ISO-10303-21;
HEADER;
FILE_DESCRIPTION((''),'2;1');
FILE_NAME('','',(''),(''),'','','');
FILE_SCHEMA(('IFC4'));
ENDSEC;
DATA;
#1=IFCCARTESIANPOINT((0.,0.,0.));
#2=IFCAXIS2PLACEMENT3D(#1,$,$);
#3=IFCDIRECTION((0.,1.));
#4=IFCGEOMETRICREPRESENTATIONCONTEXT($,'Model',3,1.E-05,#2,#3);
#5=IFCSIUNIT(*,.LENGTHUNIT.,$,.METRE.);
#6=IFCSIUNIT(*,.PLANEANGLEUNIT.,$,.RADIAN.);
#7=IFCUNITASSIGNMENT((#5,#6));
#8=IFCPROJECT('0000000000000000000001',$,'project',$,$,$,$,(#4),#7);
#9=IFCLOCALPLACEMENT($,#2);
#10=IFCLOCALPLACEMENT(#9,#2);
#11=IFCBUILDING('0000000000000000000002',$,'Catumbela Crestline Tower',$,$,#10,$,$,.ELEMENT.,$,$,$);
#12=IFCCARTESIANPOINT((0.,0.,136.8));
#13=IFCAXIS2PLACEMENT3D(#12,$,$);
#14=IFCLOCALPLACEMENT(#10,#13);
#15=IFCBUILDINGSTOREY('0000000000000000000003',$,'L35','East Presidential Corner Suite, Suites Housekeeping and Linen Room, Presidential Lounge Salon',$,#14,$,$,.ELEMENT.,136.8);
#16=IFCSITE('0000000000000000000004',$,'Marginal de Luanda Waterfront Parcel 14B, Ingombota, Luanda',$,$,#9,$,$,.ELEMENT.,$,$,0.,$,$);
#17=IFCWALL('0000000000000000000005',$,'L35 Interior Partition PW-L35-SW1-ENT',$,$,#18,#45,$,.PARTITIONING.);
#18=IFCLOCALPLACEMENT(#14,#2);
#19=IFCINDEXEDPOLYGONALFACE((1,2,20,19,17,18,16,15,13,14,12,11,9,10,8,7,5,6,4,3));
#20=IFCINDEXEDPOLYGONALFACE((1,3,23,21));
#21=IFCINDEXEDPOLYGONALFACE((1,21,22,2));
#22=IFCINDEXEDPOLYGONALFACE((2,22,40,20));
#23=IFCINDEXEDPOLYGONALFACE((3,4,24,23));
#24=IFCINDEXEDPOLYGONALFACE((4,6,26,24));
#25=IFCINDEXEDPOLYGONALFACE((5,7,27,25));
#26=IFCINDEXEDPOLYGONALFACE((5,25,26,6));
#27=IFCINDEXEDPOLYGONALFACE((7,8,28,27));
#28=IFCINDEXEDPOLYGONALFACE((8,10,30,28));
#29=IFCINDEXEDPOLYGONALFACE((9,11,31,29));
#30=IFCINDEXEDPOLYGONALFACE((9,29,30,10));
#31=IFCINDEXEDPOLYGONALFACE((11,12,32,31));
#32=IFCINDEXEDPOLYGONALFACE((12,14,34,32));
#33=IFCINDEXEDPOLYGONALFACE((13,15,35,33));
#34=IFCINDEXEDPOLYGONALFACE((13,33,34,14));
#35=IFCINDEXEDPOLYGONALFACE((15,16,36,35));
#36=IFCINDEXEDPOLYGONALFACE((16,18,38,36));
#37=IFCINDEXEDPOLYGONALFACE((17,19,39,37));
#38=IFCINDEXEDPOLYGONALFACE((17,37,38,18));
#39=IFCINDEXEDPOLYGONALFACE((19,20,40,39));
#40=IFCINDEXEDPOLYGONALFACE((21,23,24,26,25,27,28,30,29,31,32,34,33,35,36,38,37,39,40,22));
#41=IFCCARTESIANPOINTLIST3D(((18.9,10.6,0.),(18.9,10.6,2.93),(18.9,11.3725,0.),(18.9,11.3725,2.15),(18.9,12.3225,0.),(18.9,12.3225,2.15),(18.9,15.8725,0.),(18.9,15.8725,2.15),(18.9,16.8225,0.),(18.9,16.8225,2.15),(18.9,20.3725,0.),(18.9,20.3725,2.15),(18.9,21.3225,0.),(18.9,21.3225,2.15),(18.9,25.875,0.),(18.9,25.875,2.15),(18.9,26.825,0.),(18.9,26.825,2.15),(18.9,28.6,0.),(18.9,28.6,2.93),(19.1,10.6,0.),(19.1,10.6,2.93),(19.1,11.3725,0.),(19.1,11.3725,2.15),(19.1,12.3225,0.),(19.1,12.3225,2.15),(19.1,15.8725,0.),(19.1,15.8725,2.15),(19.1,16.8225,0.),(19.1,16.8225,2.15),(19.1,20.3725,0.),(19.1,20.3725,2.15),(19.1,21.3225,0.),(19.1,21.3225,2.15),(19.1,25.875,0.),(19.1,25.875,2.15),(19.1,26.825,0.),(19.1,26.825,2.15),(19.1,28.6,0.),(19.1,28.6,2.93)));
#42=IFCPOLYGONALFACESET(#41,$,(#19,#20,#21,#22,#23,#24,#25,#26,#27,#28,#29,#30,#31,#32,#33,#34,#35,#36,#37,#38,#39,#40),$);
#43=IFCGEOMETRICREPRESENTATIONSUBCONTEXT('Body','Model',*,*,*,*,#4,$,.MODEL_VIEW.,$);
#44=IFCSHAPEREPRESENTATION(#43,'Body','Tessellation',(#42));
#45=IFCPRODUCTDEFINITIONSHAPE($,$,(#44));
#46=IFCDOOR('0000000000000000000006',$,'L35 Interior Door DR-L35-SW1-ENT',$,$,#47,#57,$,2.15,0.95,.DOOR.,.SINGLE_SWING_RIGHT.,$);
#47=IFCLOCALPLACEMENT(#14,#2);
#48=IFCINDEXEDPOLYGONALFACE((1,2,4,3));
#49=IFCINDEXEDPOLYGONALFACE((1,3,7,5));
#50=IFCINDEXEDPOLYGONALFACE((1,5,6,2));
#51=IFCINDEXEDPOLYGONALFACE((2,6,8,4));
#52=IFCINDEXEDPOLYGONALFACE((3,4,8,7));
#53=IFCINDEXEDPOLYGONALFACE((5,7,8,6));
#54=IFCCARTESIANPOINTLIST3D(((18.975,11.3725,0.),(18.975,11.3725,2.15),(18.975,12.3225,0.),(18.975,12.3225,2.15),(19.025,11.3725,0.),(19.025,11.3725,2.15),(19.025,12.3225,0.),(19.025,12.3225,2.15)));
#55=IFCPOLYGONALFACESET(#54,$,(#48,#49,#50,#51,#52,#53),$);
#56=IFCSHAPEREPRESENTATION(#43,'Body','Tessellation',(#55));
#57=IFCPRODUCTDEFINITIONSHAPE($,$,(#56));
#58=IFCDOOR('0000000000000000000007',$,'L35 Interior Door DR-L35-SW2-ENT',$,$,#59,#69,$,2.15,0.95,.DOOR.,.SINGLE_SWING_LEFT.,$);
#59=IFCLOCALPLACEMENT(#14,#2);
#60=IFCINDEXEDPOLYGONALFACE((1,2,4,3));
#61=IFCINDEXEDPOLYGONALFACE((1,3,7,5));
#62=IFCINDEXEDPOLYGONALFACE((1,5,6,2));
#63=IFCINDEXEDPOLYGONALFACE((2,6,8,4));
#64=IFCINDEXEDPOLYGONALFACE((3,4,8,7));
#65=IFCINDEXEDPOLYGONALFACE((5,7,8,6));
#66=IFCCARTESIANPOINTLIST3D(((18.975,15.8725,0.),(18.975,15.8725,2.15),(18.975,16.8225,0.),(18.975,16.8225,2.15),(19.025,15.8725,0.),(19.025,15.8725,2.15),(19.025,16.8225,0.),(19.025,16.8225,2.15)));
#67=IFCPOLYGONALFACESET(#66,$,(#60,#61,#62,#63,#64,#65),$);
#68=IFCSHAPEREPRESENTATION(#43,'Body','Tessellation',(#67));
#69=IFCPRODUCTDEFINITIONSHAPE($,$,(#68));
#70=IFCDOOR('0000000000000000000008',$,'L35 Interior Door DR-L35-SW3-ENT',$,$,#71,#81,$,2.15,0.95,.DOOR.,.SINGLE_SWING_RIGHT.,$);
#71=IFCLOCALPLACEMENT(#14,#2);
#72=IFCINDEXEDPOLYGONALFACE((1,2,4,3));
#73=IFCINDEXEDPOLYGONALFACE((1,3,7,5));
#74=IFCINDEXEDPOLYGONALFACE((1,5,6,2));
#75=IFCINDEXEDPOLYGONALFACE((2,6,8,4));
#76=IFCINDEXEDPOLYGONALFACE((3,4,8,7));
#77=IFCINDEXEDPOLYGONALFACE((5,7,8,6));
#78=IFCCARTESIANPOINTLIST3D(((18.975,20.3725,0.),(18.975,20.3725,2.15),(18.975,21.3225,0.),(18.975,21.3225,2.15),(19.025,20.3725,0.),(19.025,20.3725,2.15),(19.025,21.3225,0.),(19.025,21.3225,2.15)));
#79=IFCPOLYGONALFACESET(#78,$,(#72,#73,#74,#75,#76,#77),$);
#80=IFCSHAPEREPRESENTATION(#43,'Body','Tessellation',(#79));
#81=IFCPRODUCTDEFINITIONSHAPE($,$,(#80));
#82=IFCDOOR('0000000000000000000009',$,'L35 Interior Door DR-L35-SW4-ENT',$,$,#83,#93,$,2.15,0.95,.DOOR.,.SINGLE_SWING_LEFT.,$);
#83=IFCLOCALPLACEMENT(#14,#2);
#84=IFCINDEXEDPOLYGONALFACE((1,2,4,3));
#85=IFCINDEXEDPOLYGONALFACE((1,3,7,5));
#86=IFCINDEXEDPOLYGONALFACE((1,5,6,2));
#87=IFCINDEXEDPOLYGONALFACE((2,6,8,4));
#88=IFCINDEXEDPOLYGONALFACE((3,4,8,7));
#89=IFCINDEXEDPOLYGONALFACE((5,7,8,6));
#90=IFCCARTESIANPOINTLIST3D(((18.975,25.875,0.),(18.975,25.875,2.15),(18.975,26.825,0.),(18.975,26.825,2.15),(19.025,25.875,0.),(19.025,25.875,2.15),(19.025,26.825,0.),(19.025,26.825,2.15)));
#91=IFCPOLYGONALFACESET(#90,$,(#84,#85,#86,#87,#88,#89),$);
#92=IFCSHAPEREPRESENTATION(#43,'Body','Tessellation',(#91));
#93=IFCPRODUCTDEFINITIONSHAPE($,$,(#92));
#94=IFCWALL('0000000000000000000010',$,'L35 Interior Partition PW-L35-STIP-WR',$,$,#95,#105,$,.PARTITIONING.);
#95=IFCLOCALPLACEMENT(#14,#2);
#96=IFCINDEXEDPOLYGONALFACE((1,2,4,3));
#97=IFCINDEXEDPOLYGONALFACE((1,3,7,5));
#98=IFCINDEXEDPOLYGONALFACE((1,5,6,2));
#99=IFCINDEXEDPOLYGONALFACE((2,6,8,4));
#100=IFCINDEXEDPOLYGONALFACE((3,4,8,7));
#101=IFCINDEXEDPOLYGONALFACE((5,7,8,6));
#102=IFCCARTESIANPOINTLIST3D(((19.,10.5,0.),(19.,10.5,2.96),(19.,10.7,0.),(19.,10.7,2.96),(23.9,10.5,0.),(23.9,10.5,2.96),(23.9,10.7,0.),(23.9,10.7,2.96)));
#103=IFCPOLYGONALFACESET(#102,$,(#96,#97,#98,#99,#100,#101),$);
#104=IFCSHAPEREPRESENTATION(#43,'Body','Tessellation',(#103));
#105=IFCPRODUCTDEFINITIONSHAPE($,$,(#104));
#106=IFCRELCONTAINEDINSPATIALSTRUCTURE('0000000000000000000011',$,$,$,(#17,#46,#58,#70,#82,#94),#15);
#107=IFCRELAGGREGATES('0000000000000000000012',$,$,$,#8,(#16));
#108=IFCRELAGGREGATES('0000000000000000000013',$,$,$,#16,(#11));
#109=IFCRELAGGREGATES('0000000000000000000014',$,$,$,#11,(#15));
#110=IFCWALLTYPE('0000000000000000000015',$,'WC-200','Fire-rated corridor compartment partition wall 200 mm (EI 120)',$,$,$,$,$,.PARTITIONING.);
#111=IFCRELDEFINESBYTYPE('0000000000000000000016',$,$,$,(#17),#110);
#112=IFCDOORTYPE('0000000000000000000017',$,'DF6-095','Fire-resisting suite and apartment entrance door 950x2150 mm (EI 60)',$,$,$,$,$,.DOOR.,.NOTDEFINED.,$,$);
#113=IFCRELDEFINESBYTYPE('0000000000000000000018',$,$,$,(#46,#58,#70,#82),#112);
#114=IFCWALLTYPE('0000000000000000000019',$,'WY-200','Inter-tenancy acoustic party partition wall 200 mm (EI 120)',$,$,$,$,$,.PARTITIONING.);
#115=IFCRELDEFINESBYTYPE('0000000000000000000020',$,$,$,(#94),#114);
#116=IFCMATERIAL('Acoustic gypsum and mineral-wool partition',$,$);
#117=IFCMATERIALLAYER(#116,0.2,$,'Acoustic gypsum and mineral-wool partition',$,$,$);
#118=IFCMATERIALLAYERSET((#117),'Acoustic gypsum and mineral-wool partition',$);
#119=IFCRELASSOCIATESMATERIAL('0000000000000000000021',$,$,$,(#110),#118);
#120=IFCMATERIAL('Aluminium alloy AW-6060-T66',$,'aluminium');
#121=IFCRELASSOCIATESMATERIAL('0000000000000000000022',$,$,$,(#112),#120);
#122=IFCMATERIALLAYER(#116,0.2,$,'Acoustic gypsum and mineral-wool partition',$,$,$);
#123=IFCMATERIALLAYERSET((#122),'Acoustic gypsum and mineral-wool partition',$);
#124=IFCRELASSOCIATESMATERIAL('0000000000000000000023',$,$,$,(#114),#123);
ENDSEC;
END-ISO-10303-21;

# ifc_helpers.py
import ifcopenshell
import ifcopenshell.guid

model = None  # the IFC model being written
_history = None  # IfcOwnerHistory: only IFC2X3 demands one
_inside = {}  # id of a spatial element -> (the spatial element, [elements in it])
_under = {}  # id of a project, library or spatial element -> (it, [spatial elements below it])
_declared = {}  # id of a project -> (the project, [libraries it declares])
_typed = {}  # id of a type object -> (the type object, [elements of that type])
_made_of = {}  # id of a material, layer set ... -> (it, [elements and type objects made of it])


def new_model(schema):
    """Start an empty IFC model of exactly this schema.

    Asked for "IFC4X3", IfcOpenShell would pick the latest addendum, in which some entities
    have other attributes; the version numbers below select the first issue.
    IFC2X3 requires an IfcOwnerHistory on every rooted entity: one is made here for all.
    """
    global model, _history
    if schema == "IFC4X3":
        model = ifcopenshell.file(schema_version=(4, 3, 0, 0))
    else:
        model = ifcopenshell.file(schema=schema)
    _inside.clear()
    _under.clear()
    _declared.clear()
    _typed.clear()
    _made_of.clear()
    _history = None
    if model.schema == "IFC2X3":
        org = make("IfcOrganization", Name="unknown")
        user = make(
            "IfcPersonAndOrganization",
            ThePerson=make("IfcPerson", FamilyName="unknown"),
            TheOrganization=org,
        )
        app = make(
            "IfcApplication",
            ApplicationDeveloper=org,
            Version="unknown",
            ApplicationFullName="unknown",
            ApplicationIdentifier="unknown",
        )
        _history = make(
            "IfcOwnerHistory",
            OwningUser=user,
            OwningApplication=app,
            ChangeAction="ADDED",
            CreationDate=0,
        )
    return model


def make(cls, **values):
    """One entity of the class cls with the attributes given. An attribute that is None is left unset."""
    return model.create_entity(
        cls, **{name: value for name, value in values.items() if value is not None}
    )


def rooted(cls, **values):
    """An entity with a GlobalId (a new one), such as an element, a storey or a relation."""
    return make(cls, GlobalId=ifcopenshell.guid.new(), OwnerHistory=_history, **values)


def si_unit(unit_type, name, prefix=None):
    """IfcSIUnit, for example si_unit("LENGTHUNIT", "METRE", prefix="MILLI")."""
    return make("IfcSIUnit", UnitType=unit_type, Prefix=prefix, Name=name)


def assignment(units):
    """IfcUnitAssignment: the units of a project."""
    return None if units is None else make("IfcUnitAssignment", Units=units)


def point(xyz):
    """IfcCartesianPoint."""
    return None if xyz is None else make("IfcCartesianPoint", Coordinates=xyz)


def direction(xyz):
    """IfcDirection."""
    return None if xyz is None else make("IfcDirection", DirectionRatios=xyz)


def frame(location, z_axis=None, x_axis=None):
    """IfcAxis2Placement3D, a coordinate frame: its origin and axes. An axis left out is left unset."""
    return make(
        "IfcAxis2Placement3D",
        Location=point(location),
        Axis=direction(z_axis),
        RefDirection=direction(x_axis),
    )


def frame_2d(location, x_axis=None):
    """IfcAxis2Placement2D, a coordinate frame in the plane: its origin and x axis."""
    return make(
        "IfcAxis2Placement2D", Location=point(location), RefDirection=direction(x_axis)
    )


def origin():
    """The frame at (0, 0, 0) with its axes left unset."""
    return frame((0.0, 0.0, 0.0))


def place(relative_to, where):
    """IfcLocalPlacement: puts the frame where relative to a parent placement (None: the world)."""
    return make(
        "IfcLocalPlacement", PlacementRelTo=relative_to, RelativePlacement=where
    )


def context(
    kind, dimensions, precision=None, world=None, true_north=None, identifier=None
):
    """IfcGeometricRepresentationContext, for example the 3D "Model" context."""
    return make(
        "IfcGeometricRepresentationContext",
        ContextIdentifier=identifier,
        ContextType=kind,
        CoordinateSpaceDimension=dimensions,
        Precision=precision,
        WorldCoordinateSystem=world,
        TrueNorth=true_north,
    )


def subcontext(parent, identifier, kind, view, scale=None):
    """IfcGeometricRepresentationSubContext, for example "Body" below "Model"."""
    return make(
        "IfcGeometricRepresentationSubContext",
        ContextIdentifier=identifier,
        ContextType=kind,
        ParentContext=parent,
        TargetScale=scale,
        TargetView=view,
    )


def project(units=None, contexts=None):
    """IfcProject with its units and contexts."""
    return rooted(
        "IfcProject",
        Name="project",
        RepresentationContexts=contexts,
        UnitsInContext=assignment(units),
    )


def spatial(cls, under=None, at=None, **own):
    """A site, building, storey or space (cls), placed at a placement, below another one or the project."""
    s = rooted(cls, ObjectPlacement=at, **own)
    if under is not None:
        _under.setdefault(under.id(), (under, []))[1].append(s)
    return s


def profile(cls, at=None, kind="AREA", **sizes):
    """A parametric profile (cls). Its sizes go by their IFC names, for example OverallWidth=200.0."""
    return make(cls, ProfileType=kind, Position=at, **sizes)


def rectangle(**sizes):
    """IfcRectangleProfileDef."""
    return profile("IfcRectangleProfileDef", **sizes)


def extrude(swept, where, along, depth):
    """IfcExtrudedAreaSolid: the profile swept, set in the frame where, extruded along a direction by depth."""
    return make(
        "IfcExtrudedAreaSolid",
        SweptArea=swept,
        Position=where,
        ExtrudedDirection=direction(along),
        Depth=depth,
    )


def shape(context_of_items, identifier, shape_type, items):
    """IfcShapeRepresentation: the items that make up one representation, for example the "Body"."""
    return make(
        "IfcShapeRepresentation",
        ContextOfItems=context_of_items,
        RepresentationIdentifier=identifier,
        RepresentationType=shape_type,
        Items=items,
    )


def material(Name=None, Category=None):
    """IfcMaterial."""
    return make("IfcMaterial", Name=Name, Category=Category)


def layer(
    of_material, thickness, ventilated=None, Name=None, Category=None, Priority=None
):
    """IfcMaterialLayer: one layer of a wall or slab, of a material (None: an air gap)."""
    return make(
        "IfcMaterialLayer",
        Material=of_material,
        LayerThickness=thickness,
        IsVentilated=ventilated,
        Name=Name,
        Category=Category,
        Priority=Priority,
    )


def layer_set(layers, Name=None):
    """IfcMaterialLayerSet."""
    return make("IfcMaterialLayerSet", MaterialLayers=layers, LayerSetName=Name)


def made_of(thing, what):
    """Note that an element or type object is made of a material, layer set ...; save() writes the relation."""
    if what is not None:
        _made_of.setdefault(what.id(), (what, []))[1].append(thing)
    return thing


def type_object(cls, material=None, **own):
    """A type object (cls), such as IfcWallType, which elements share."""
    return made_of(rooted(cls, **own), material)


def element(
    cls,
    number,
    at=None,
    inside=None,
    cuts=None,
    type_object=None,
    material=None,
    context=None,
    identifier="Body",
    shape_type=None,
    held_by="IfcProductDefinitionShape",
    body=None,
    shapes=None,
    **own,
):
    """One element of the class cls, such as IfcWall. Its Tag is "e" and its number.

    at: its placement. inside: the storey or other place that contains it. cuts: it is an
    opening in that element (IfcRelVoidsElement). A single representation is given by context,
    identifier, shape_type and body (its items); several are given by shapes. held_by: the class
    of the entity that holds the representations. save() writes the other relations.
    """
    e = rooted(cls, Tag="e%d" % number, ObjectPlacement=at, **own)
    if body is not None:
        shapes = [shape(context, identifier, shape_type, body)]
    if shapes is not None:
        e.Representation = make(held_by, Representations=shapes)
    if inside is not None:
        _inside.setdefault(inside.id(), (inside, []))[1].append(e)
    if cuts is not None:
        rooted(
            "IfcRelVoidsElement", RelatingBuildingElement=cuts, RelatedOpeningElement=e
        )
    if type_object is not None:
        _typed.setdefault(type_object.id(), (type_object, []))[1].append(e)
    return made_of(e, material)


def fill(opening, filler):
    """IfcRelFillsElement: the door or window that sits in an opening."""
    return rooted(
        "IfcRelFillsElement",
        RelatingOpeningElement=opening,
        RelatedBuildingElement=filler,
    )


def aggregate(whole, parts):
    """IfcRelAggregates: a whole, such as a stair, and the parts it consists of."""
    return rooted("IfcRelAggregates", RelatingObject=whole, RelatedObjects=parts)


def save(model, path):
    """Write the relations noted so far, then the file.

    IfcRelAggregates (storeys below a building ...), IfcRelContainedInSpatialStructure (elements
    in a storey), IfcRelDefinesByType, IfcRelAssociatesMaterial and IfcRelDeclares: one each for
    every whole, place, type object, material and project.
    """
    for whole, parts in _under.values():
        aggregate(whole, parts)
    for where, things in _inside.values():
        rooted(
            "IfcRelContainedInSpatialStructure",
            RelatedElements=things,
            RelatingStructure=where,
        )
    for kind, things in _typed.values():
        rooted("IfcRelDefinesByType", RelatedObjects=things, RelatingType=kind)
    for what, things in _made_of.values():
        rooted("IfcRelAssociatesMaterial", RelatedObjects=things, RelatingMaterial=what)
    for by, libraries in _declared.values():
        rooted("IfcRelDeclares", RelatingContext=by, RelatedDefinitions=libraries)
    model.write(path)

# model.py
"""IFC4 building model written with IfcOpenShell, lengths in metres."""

from ifc_helpers import new_model, si_unit, direction, frame, frame_2d, origin, place, context, subcontext, project, spatial, rectangle, extrude, material, layer, layer_set, type_object, element, fill, save


model = new_model("IFC4")

# Units and contexts
model_context = context("Model", 3, precision=1e-05, world=origin(), true_north=direction((0.0, 1.0)))
body_context = subcontext(model_context, "Body", "Model", "MODEL_VIEW")
ifc_project = project(units=[si_unit("LENGTHUNIT", "METRE"), si_unit("PLANEANGLEUNIT", "RADIAN")], contexts=[model_context])

# Site, building, storey
site_placement = place(None, origin())
site = spatial("IfcSite", under=ifc_project, at=site_placement, Name="Marginal de Luanda Waterfront Parcel 14B, Ingombota, Luanda", CompositionType="ELEMENT", RefElevation=0.0)
building_placement = place(site_placement, origin())
building = spatial("IfcBuilding", under=site, at=building_placement, Name="Catumbela Crestline Tower", CompositionType="ELEMENT")
storey_placement = place(building_placement, frame((0.0, 0.0, 136.8)))
storey = spatial("IfcBuildingStorey", under=building, at=storey_placement, Name="L35", Description="East Presidential Corner Suite, Suites Housekeeping and Linen Room, Presidential Lounge Salon", CompositionType="ELEMENT", Elevation=136.8)

# Shared definitions
ifc_material_1 = material(Name="Acoustic gypsum and mineral-wool partition")
ifc_layer_1 = layer(ifc_material_1, 0.2, Name="Acoustic gypsum and mineral-wool partition")
ifc_layer_set_1 = layer_set([ifc_layer_1], Name="Acoustic gypsum and mineral-wool partition")
wall_type_1 = type_object("IfcWallType", Name="WC-200", Description="Fire-rated corridor compartment partition wall 200 mm (EI 120)", PredefinedType="PARTITIONING", material=ifc_layer_set_1)
ifc_material_2 = material(Name="Aluminium alloy AW-6060-T66", Category="aluminium")
door_type = type_object("IfcDoorType", Name="DF6-095", Description="Fire-resisting suite and apartment entrance door 950x2150 mm (EI 60)", OperationType="NOTDEFINED", PredefinedType="DOOR", material=ifc_material_2)

# Wall, openings, doors
wall_1_placement = place(storey_placement, frame((19.0, 10.6, 0.0), z_axis=(0.0, 0.0, 1.0), x_axis=(0.0, 1.0, 0.0)))
wall_1 = element("IfcWall", 1, at=wall_1_placement, inside=storey, type_object=wall_type_1, Name="L35 Interior Partition PW-L35-SW1-ENT", PredefinedType="PARTITIONING", context=body_context, shape_type="SweptSolid", body=[
    extrude(rectangle(XDim=18.0, YDim=0.2, at=frame_2d((9.0, 0.0))), origin(), (0.0, 0.0, 1.0), 2.93),
])
opening_1_placement = place(wall_1_placement, frame((0.7725, 0.0, 0.0)))
opening_1 = element("IfcOpeningElement", 2, at=opening_1_placement, cuts=wall_1, PredefinedType="OPENING", context=body_context, shape_type="SweptSolid", body=[
    extrude(rectangle(XDim=0.95, YDim=2.15, at=frame_2d((0.475, 1.075))), frame((0.0, 0.11, 0.0), z_axis=(0.0, -1.0, 0.0), x_axis=(1.0, 0.0, 0.0)), (0.0, 0.0, 1.0), 0.22),
])
opening_2_placement = place(wall_1_placement, frame((5.2725, 0.0, 0.0)))
opening_2 = element("IfcOpeningElement", 3, at=opening_2_placement, cuts=wall_1, PredefinedType="OPENING", context=body_context, shape_type="SweptSolid", body=[
    extrude(rectangle(XDim=0.95, YDim=2.15, at=frame_2d((0.475, 1.075))), frame((0.0, 0.11, 0.0), z_axis=(0.0, -1.0, 0.0), x_axis=(1.0, 0.0, 0.0)), (0.0, 0.0, 1.0), 0.22),
])
opening_3_placement = place(wall_1_placement, frame((9.7725, 0.0, 0.0)))
opening_3 = element("IfcOpeningElement", 4, at=opening_3_placement, cuts=wall_1, PredefinedType="OPENING", context=body_context, shape_type="SweptSolid", body=[
    extrude(rectangle(XDim=0.95, YDim=2.15, at=frame_2d((0.475, 1.075))), frame((0.0, 0.11, 0.0), z_axis=(0.0, -1.0, 0.0), x_axis=(1.0, 0.0, 0.0)), (0.0, 0.0, 1.0), 0.22),
])
opening_4_placement = place(wall_1_placement, frame((15.275, 0.0, 0.0)))
opening_4 = element("IfcOpeningElement", 5, at=opening_4_placement, cuts=wall_1, PredefinedType="OPENING", context=body_context, shape_type="SweptSolid", body=[
    extrude(rectangle(XDim=0.95, YDim=2.15, at=frame_2d((0.475, 1.075))), frame((0.0, 0.11, 0.0), z_axis=(0.0, -1.0, 0.0), x_axis=(1.0, 0.0, 0.0)), (0.0, 0.0, 1.0), 0.22),
])
door_1_placement = place(opening_1_placement, origin())
door_1 = element("IfcDoor", 6, at=door_1_placement, inside=storey, type_object=door_type, Name="L35 Interior Door DR-L35-SW1-ENT", OperationType="SINGLE_SWING_RIGHT", OverallHeight=2.15, OverallWidth=0.95, PredefinedType="DOOR", context=body_context, shape_type="SweptSolid", body=[
    extrude(rectangle(XDim=0.95, YDim=2.15, at=frame_2d((0.475, 1.075))), frame((0.0, 0.025, 0.0), z_axis=(0.0, -1.0, 0.0), x_axis=(1.0, 0.0, 0.0)), (0.0, 0.0, 1.0), 0.05),
])
fill(opening_1, door_1)
door_2_placement = place(opening_2_placement, origin())
door_2 = element("IfcDoor", 7, at=door_2_placement, inside=storey, type_object=door_type, Name="L35 Interior Door DR-L35-SW2-ENT", OperationType="SINGLE_SWING_LEFT", OverallHeight=2.15, OverallWidth=0.95, PredefinedType="DOOR", context=body_context, shape_type="SweptSolid", body=[
    extrude(rectangle(XDim=0.95, YDim=2.15, at=frame_2d((0.475, 1.075))), frame((0.0, 0.025, 0.0), z_axis=(0.0, -1.0, 0.0), x_axis=(1.0, 0.0, 0.0)), (0.0, 0.0, 1.0), 0.05),
])
fill(opening_2, door_2)
door_3_placement = place(opening_3_placement, origin())
door_3 = element("IfcDoor", 8, at=door_3_placement, inside=storey, type_object=door_type, Name="L35 Interior Door DR-L35-SW3-ENT", OperationType="SINGLE_SWING_RIGHT", OverallHeight=2.15, OverallWidth=0.95, PredefinedType="DOOR", context=body_context, shape_type="SweptSolid", body=[
    extrude(rectangle(XDim=0.95, YDim=2.15, at=frame_2d((0.475, 1.075))), frame((0.0, 0.025, 0.0), z_axis=(0.0, -1.0, 0.0), x_axis=(1.0, 0.0, 0.0)), (0.0, 0.0, 1.0), 0.05),
])
fill(opening_3, door_3)
door_4_placement = place(opening_4_placement, origin())
door_4 = element("IfcDoor", 9, at=door_4_placement, inside=storey, type_object=door_type, Name="L35 Interior Door DR-L35-SW4-ENT", OperationType="SINGLE_SWING_LEFT", OverallHeight=2.15, OverallWidth=0.95, PredefinedType="DOOR", context=body_context, shape_type="SweptSolid", body=[
    extrude(rectangle(XDim=0.95, YDim=2.15, at=frame_2d((0.475, 1.075))), frame((0.0, 0.025, 0.0), z_axis=(0.0, -1.0, 0.0), x_axis=(1.0, 0.0, 0.0)), (0.0, 0.0, 1.0), 0.05),
])
fill(opening_4, door_4)

# Wall
ifc_layer_2 = layer(ifc_material_1, 0.2, Name="Acoustic gypsum and mineral-wool partition")
ifc_layer_set_2 = layer_set([ifc_layer_2], Name="Acoustic gypsum and mineral-wool partition")
wall_type_2 = type_object("IfcWallType", Name="WY-200", Description="Inter-tenancy acoustic party partition wall 200 mm (EI 120)", PredefinedType="PARTITIONING", material=ifc_layer_set_2)
wall_2_placement = place(storey_placement, frame((19.0, 10.6, 0.0), z_axis=(0.0, 0.0, 1.0), x_axis=(1.0, 0.0, 0.0)))
element("IfcWall", 10, at=wall_2_placement, inside=storey, type_object=wall_type_2, Name="L35 Interior Partition PW-L35-STIP-WR", PredefinedType="PARTITIONING", context=body_context, shape_type="SweptSolid", body=[
    extrude(rectangle(XDim=4.9, YDim=0.2, at=frame_2d((2.45, 0.0))), origin(), (0.0, 0.0, 1.0), 2.96),
])

save(model, "model.ifc")
